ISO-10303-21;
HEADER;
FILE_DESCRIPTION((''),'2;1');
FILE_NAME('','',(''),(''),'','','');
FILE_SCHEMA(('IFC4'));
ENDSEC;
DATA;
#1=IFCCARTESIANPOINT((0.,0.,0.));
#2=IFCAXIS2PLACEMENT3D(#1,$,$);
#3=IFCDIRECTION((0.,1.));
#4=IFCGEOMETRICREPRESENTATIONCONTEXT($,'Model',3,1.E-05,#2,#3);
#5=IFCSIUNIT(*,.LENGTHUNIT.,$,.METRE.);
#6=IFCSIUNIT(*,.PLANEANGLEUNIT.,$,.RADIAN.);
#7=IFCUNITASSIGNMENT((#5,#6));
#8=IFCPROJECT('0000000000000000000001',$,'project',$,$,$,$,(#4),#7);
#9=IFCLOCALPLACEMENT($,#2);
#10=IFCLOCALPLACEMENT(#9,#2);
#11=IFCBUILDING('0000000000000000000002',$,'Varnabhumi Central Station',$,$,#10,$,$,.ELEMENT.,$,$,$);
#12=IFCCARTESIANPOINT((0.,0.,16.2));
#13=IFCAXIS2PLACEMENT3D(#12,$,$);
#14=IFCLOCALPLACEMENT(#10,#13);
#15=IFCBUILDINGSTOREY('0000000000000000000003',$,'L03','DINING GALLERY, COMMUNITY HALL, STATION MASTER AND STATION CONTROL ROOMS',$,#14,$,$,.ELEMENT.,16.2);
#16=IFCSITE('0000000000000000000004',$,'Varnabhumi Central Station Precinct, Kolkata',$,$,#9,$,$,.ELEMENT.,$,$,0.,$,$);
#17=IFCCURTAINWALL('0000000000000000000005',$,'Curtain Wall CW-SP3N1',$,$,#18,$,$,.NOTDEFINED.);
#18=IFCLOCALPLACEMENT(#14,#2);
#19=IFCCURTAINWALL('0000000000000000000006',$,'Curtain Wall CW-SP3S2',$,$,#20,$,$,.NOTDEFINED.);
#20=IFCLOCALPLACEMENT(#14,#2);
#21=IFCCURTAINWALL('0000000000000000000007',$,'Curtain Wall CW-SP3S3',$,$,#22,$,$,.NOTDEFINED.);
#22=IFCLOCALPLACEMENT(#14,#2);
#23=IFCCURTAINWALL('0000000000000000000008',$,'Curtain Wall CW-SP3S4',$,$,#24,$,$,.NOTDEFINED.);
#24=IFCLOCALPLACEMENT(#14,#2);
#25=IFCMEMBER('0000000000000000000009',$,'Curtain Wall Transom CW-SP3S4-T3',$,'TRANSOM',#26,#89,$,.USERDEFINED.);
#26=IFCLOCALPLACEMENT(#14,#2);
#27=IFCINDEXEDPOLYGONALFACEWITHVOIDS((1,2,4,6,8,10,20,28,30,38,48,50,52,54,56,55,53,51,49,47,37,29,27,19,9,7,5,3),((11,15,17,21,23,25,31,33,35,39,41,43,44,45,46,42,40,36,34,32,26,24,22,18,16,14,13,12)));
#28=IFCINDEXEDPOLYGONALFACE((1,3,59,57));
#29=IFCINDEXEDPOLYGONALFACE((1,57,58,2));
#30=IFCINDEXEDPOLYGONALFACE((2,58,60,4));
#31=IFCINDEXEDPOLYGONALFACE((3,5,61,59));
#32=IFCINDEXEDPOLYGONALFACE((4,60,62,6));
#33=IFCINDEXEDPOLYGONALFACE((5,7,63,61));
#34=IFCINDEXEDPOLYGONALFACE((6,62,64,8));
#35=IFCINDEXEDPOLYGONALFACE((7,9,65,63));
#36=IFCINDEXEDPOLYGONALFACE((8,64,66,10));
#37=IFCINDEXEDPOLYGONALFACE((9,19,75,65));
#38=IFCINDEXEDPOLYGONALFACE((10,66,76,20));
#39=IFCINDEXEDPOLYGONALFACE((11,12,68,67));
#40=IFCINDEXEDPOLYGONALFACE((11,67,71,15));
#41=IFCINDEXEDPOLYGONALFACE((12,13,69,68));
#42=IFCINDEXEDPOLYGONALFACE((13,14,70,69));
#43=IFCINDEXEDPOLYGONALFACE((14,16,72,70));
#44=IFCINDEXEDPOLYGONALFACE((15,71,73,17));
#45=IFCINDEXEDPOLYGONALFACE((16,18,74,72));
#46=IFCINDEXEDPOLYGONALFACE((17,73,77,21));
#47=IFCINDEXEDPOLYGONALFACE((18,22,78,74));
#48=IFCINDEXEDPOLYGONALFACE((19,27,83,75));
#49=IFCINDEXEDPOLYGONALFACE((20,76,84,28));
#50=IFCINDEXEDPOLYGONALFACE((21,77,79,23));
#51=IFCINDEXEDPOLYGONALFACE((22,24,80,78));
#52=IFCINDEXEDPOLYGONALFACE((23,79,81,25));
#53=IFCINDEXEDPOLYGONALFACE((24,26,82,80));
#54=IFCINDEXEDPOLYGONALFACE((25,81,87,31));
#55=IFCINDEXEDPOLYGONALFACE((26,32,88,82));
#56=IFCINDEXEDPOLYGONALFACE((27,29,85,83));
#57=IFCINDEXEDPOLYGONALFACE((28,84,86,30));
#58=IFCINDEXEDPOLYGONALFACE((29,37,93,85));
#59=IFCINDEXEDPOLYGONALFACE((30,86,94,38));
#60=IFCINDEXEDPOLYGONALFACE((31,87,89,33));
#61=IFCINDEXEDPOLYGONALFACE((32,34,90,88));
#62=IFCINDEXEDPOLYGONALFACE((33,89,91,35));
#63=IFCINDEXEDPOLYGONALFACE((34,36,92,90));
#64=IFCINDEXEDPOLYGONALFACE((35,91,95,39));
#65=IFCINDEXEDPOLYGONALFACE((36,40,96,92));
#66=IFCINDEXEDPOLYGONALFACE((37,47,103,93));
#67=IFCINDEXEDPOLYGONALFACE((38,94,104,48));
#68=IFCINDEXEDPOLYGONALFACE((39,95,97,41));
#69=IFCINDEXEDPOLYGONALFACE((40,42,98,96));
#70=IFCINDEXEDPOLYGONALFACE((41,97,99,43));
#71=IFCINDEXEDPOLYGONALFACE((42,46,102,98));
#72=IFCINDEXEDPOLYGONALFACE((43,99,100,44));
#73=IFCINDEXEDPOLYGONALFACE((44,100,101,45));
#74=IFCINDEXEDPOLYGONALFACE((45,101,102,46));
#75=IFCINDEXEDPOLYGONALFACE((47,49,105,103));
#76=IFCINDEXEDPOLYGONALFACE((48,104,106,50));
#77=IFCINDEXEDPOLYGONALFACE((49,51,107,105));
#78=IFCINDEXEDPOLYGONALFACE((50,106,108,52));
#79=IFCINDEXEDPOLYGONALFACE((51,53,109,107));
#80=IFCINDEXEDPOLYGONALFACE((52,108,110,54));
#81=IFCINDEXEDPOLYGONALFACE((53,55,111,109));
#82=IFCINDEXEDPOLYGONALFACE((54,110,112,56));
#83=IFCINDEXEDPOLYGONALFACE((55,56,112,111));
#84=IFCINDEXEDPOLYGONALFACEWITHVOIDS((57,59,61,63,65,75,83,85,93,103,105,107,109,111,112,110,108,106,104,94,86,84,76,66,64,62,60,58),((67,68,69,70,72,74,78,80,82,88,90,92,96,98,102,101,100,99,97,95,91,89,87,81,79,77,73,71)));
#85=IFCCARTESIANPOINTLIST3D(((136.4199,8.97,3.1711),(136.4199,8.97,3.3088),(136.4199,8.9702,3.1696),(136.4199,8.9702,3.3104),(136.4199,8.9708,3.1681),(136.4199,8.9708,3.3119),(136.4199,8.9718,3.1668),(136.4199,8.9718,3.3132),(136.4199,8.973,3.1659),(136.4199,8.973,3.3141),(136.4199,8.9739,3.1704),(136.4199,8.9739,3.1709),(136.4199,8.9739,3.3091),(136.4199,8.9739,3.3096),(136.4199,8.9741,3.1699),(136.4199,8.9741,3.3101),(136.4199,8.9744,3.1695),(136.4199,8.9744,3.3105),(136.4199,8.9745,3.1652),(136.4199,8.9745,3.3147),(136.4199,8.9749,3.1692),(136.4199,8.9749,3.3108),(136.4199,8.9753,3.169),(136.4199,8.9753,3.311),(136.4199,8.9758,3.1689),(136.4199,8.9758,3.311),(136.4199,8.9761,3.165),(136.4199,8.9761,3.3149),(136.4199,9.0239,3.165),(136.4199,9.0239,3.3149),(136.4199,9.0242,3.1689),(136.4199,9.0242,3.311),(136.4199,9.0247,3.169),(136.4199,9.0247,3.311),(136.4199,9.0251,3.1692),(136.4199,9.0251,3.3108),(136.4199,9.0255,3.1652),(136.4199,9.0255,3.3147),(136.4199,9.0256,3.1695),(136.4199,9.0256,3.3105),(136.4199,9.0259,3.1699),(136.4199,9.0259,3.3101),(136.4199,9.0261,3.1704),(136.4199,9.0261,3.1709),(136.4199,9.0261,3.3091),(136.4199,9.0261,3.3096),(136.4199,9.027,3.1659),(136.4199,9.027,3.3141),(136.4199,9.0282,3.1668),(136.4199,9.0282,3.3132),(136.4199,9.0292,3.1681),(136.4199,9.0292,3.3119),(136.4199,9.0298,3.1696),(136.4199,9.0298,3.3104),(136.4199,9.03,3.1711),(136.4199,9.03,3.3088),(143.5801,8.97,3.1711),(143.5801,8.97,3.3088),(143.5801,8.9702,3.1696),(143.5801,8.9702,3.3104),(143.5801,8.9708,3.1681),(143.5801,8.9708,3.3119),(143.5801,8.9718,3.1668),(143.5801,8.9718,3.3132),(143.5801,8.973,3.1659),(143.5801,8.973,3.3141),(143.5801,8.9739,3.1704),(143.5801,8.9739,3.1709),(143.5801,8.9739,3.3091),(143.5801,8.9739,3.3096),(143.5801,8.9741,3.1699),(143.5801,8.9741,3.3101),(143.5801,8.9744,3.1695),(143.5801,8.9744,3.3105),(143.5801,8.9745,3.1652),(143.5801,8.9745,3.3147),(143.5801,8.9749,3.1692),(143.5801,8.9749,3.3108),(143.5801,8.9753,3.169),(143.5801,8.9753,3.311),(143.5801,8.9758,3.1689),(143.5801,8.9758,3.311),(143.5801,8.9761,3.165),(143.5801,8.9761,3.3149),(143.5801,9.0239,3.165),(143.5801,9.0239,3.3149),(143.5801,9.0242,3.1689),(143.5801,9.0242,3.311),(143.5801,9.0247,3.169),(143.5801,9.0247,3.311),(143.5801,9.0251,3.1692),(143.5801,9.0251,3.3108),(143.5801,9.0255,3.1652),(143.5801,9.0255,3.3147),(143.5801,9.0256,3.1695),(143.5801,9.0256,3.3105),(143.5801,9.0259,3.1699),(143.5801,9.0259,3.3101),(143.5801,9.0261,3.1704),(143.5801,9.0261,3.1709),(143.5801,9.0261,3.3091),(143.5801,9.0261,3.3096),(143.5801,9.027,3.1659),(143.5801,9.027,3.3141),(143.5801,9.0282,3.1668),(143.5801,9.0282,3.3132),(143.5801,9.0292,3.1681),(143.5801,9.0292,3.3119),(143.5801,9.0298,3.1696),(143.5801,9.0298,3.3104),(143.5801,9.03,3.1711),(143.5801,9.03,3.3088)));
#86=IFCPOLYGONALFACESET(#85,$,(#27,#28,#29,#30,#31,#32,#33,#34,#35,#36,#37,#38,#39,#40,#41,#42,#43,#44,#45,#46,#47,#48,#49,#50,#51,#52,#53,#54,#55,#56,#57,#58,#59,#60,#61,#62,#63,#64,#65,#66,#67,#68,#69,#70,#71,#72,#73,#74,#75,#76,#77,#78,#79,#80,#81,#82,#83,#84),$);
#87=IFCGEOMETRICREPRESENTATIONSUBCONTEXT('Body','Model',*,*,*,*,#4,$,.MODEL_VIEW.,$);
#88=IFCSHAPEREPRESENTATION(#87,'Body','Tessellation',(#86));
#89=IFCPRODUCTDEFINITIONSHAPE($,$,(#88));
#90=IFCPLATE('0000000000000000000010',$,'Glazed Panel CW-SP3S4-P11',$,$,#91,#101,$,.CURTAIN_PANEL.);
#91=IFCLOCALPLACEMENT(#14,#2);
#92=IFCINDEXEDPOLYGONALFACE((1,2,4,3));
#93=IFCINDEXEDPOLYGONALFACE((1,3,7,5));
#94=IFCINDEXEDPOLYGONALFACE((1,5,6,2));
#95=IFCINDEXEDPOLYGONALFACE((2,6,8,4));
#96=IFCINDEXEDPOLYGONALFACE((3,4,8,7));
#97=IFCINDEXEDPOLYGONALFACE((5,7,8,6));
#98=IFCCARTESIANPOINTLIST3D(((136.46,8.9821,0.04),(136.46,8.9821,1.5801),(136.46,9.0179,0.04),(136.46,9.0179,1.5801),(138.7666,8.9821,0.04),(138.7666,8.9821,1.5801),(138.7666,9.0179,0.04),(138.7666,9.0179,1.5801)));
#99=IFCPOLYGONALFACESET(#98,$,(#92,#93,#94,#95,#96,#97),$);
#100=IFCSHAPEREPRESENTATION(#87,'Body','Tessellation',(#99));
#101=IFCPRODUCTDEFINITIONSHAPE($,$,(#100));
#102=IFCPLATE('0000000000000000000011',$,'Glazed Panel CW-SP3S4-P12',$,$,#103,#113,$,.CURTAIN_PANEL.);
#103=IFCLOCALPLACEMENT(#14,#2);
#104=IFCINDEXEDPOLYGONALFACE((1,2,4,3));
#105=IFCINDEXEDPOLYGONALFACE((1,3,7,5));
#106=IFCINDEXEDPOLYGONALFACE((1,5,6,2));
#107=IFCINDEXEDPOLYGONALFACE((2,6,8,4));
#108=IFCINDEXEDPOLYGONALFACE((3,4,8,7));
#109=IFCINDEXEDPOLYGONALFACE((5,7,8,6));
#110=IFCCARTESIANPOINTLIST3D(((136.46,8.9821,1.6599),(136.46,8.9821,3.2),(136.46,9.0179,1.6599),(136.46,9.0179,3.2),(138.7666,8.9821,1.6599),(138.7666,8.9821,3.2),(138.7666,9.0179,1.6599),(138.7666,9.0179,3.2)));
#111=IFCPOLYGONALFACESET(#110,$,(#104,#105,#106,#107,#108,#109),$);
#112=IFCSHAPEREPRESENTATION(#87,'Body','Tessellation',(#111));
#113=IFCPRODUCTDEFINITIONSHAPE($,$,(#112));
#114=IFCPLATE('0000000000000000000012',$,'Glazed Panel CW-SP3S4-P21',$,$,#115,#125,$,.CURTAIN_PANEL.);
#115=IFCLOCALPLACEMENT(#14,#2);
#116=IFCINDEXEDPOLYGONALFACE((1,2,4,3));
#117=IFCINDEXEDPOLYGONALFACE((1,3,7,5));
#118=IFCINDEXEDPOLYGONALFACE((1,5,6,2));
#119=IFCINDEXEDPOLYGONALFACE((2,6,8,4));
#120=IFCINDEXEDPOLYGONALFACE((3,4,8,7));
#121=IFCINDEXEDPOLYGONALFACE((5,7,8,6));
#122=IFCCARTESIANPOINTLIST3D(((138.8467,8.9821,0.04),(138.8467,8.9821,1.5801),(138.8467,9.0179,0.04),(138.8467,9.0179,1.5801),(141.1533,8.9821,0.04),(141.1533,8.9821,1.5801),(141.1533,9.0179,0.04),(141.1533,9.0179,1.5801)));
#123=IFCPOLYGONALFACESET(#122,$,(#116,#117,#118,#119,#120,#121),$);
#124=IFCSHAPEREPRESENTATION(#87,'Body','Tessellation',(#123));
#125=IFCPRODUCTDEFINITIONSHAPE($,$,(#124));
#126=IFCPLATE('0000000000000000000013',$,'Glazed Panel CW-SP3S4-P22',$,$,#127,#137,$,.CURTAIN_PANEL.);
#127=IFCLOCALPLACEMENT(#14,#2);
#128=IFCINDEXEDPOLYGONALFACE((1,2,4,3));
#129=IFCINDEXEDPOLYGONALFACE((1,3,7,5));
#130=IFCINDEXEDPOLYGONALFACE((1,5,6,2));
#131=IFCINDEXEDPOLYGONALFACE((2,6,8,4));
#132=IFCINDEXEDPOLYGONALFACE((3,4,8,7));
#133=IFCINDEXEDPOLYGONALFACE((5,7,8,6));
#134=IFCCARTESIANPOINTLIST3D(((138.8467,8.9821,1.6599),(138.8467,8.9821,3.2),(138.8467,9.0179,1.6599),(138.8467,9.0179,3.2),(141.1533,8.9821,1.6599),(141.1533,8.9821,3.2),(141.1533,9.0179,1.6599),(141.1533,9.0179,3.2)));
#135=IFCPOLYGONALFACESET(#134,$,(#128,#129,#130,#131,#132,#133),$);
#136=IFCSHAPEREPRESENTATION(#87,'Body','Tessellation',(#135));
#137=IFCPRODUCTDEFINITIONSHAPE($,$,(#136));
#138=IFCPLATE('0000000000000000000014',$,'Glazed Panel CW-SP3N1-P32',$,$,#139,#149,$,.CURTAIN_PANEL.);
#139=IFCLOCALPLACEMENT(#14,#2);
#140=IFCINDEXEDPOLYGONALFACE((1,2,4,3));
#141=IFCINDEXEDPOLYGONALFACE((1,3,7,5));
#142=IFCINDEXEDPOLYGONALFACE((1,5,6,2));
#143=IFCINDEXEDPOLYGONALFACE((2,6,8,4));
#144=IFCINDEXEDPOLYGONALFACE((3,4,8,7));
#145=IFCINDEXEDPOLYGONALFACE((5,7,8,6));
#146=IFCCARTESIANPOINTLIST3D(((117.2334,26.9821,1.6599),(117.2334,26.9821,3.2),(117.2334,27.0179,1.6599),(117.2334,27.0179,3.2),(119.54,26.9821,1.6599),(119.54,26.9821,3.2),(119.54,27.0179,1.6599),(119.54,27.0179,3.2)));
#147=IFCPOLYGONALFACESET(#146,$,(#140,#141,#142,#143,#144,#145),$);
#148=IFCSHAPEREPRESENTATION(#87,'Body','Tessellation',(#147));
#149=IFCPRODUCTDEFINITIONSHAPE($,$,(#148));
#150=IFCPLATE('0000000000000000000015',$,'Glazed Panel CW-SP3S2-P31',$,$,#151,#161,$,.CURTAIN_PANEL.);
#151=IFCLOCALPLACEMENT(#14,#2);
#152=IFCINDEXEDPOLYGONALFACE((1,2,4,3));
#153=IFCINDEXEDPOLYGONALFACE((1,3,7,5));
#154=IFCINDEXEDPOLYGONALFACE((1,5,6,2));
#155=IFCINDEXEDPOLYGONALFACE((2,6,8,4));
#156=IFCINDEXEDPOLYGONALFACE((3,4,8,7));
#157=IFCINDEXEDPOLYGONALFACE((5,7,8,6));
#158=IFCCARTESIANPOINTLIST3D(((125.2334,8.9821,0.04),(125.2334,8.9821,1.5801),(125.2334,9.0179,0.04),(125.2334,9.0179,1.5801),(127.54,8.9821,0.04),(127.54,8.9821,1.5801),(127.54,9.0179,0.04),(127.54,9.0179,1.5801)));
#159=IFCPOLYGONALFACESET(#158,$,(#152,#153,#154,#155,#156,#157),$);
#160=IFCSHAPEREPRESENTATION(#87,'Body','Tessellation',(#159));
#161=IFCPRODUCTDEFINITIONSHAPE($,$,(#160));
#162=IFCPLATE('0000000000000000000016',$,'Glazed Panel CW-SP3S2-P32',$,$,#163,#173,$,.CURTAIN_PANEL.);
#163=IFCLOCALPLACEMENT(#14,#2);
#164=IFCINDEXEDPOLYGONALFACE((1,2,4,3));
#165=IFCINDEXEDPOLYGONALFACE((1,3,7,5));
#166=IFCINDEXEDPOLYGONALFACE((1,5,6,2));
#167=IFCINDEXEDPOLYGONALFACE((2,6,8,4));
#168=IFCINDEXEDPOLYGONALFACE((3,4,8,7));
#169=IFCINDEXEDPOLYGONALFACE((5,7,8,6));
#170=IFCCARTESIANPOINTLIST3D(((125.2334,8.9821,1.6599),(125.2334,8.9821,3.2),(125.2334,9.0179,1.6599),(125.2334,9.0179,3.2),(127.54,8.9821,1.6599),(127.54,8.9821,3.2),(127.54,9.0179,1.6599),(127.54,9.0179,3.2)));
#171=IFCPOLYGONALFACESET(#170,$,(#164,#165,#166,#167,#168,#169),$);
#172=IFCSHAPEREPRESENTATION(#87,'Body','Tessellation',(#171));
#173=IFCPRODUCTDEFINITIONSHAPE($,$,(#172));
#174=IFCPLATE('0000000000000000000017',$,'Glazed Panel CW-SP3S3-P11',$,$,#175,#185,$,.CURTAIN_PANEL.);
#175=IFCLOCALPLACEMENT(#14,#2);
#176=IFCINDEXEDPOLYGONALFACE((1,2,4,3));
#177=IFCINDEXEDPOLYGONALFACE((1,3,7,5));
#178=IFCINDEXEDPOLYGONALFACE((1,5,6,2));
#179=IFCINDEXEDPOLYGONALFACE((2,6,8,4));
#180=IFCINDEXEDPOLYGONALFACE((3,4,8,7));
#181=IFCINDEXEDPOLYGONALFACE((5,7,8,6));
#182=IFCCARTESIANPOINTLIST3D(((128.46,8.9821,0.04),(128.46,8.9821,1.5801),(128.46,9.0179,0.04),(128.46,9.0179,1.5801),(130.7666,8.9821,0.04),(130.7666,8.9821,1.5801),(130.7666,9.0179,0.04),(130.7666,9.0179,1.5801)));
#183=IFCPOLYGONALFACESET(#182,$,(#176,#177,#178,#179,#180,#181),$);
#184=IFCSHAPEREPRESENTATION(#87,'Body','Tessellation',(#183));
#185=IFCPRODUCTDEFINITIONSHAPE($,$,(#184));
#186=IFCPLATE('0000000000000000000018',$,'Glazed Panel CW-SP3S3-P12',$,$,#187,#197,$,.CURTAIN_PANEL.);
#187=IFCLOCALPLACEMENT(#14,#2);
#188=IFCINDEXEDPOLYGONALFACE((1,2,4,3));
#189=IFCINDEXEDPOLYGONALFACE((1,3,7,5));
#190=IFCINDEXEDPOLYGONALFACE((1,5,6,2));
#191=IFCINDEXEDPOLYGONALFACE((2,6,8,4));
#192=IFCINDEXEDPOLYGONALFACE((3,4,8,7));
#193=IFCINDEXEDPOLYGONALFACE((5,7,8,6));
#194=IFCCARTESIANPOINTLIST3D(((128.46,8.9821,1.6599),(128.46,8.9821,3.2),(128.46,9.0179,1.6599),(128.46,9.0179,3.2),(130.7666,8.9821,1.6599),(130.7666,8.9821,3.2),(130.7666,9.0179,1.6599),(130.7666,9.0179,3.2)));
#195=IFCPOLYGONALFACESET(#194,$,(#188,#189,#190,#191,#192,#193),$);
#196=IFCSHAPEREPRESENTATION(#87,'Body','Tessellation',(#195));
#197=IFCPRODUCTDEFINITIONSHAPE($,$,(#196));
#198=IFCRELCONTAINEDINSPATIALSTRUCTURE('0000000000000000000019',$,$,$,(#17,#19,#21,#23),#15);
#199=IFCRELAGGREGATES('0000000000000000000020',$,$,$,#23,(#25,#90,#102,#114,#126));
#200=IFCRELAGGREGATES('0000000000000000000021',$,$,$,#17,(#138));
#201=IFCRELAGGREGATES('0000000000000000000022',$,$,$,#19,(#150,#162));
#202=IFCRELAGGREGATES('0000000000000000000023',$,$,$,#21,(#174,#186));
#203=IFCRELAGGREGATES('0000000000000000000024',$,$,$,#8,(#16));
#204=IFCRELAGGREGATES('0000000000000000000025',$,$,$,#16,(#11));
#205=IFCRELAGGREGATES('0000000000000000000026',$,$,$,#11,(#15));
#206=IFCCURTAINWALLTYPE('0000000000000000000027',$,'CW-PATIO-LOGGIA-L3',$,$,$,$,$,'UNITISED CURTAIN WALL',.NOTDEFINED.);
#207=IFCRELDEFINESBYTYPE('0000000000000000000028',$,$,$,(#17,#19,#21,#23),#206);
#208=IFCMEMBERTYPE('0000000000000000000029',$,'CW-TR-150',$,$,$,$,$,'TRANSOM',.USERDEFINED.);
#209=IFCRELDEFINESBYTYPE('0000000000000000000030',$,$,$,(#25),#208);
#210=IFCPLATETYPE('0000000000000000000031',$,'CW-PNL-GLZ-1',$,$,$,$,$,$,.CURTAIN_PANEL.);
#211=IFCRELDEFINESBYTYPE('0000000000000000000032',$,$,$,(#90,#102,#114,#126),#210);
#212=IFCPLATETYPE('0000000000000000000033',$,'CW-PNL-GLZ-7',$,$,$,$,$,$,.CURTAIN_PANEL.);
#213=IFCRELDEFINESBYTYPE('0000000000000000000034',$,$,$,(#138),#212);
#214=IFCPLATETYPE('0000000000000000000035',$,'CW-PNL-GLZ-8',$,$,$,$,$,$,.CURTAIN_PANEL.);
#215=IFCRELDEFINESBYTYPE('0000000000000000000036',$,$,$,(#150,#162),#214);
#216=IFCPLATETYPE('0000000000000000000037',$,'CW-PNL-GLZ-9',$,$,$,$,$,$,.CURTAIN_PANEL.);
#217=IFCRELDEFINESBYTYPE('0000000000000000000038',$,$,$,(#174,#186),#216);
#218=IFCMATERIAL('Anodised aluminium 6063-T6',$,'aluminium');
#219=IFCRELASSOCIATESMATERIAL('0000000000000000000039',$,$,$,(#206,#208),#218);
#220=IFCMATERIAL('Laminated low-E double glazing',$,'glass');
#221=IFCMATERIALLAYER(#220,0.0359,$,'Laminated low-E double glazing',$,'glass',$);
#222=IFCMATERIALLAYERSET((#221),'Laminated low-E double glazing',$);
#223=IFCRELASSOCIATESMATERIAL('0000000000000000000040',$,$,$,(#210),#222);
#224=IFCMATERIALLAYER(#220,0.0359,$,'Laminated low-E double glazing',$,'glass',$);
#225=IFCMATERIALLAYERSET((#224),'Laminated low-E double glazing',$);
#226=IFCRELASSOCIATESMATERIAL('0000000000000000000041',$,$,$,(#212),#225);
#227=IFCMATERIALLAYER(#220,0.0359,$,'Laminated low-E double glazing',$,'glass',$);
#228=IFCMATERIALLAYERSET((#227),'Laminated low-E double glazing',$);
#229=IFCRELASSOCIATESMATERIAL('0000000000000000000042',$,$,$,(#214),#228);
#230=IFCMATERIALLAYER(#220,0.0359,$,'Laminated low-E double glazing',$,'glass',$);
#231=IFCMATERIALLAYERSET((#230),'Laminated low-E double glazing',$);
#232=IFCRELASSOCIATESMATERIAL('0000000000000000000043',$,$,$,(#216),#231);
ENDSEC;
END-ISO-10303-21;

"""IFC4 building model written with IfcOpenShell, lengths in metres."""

from ifc_helpers import new_model, si_unit, direction, frame, origin, origin_2d, place, context, subcontext, project, spatial, rectangle, hollow_rectangle, extrude, material, layer, layer_set, material_profile, profile_set, type_object, element, aggregate, save


model = new_model("IFC4")

# Units and contexts
model_context = context("Model", 3, precision=1e-05, world=origin(), true_north=direction((0.0, 1.0)))
body_context = subcontext(model_context, "Body", "Model", "MODEL_VIEW")
ifc_project = project(units=[si_unit("LENGTHUNIT", "METRE"), si_unit("PLANEANGLEUNIT", "RADIAN")], contexts=[model_context])

# Site, building, storey
site_placement = place(None, origin())
site = spatial("IfcSite", under=ifc_project, at=site_placement, Name="Varnabhumi Central Station Precinct, Kolkata", CompositionType="ELEMENT", RefElevation=0.0)
building_placement = place(site_placement, origin())
building = spatial("IfcBuilding", under=site, at=building_placement, Name="Varnabhumi Central Station", CompositionType="ELEMENT")
storey_placement = place(building_placement, frame((0.0, 0.0, 16.2)))
storey = spatial("IfcBuildingStorey", under=building, at=storey_placement, Name="L03", Description="DINING GALLERY, COMMUNITY HALL, STATION MASTER AND STATION CONTROL ROOMS", CompositionType="ELEMENT", Elevation=16.2)

# Curtain wall
ifc_material_1 = material(Name="Anodised aluminium 6063-T6", Category="aluminium")
curtain_wall_type = type_object("IfcCurtainWallType", Name="CW-PATIO-LOGGIA-L3", ElementType="UNITISED CURTAIN WALL", PredefinedType="NOTDEFINED", material=ifc_material_1)
curtain_wall_1_placement = place(storey_placement, origin())
curtain_wall_1 = element("IfcCurtainWall", 1, at=curtain_wall_1_placement, inside=storey, type_object=curtain_wall_type, Name="Curtain Wall CW-SP3N1", PredefinedType="NOTDEFINED")

# Curtain walls
curtain_wall_2_placement = place(storey_placement, origin())
curtain_wall_2 = element("IfcCurtainWall", 2, at=curtain_wall_2_placement, inside=storey, type_object=curtain_wall_type, Name="Curtain Wall CW-SP3S2", PredefinedType="NOTDEFINED")
curtain_wall_3_placement = place(storey_placement, origin())
curtain_wall_3 = element("IfcCurtainWall", 3, at=curtain_wall_3_placement, inside=storey, type_object=curtain_wall_type, Name="Curtain Wall CW-SP3S3", PredefinedType="NOTDEFINED")
curtain_wall_4_placement = place(storey_placement, origin())
curtain_wall_4 = element("IfcCurtainWall", 4, at=curtain_wall_4_placement, inside=storey, type_object=curtain_wall_type, Name="Curtain Wall CW-SP3S4", PredefinedType="NOTDEFINED")

# Member
ifc_material_profile_1 = material_profile(ifc_material_1, hollow_rectangle(XDim=0.0601, YDim=0.1499, WallThickness=0.0039, InnerFilletRadius=0.002, OuterFilletRadius=0.0061, at=origin_2d()), Name="Anodised aluminium 6063-T6", Category="aluminium")
ifc_profile_set_1 = profile_set([ifc_material_profile_1], Name="Anodised aluminium 6063-T6")
member_type_1 = type_object("IfcMemberType", Name="CW-TR-150", ElementType="TRANSOM", PredefinedType="USERDEFINED", material=ifc_profile_set_1)
member_1_placement = place(storey_placement, frame((136.4199, 9.0, 3.24), z_axis=(1.0, 0.0, 0.0), x_axis=(0.0, 1.0, 0.0)))
member_1 = element("IfcMember", 5, at=member_1_placement, type_object=member_type_1, Name="Curtain Wall Transom CW-SP3S4-T3", ObjectType="TRANSOM", PredefinedType="USERDEFINED", context=body_context, shape_type="SweptSolid", body=[
    extrude(hollow_rectangle(XDim=0.0601, YDim=0.1499, WallThickness=0.0039, InnerFilletRadius=0.002, OuterFilletRadius=0.0061, at=origin_2d()), origin(), (0.0, 0.0, 1.0), 7.1602),
])

# Plates
ifc_material_2 = material(Name="Laminated low-E double glazing", Category="glass")
ifc_layer_1 = layer(ifc_material_2, 0.0359, Name="Laminated low-E double glazing", Category="glass")
ifc_layer_set_1 = layer_set([ifc_layer_1], Name="Laminated low-E double glazing")
plate_type_1 = type_object("IfcPlateType", Name="CW-PNL-GLZ-1", PredefinedType="CURTAIN_PANEL", material=ifc_layer_set_1)
plate_1_placement = place(storey_placement, frame((137.6133, 9.0, 0.04), z_axis=(0.0, 0.0, 1.0), x_axis=(1.0, 0.0, 0.0)))
plate_1 = element("IfcPlate", 6, at=plate_1_placement, type_object=plate_type_1, Name="Glazed Panel CW-SP3S4-P11", PredefinedType="CURTAIN_PANEL", context=body_context, shape_type="SweptSolid", body=[
    extrude(rectangle(XDim=2.3066, YDim=0.0359, at=origin_2d()), origin(), (0.0, 0.0, 1.0), 1.54),
])
plate_2_placement = place(storey_placement, frame((137.6133, 9.0, 1.6599), z_axis=(0.0, 0.0, 1.0), x_axis=(1.0, 0.0, 0.0)))
plate_2 = element("IfcPlate", 7, at=plate_2_placement, type_object=plate_type_1, Name="Glazed Panel CW-SP3S4-P12", PredefinedType="CURTAIN_PANEL", context=body_context, shape_type="SweptSolid", body=[
    extrude(rectangle(XDim=2.3066, YDim=0.0359, at=origin_2d()), origin(), (0.0, 0.0, 1.0), 1.54),
])
plate_3_placement = place(storey_placement, frame((140.0, 9.0, 0.04), z_axis=(0.0, 0.0, 1.0), x_axis=(1.0, 0.0, 0.0)))
plate_3 = element("IfcPlate", 8, at=plate_3_placement, type_object=plate_type_1, Name="Glazed Panel CW-SP3S4-P21", PredefinedType="CURTAIN_PANEL", context=body_context, shape_type="SweptSolid", body=[
    extrude(rectangle(XDim=2.3066, YDim=0.0359, at=origin_2d()), origin(), (0.0, 0.0, 1.0), 1.54),
])
plate_4_placement = place(storey_placement, frame((140.0, 9.0, 1.6599), z_axis=(0.0, 0.0, 1.0), x_axis=(1.0, 0.0, 0.0)))
plate_4 = element("IfcPlate", 9, at=plate_4_placement, type_object=plate_type_1, Name="Glazed Panel CW-SP3S4-P22", PredefinedType="CURTAIN_PANEL", context=body_context, shape_type="SweptSolid", body=[
    extrude(rectangle(XDim=2.3066, YDim=0.0359, at=origin_2d()), origin(), (0.0, 0.0, 1.0), 1.54),
])
aggregate(curtain_wall_4, [member_1, plate_1, plate_2, plate_3, plate_4])
ifc_layer_2 = layer(ifc_material_2, 0.0359, Name="Laminated low-E double glazing", Category="glass")
ifc_layer_set_2 = layer_set([ifc_layer_2], Name="Laminated low-E double glazing")
plate_type_2 = type_object("IfcPlateType", Name="CW-PNL-GLZ-7", PredefinedType="CURTAIN_PANEL", material=ifc_layer_set_2)
plate_5_placement = place(storey_placement, frame((118.3867, 27.0, 1.6599), z_axis=(0.0, 0.0, 1.0), x_axis=(1.0, 0.0, 0.0)))
plate_5 = element("IfcPlate", 10, at=plate_5_placement, type_object=plate_type_2, Name="Glazed Panel CW-SP3N1-P32", PredefinedType="CURTAIN_PANEL", context=body_context, shape_type="SweptSolid", body=[
    extrude(rectangle(XDim=2.3066, YDim=0.0359, at=origin_2d()), origin(), (0.0, 0.0, 1.0), 1.54),
])
aggregate(curtain_wall_1, [plate_5])
ifc_layer_3 = layer(ifc_material_2, 0.0359, Name="Laminated low-E double glazing", Category="glass")
ifc_layer_set_3 = layer_set([ifc_layer_3], Name="Laminated low-E double glazing")
plate_type_3 = type_object("IfcPlateType", Name="CW-PNL-GLZ-8", PredefinedType="CURTAIN_PANEL", material=ifc_layer_set_3)
plate_6_placement = place(storey_placement, frame((126.3867, 9.0, 0.04), z_axis=(0.0, 0.0, 1.0), x_axis=(1.0, 0.0, 0.0)))
plate_6 = element("IfcPlate", 11, at=plate_6_placement, type_object=plate_type_3, Name="Glazed Panel CW-SP3S2-P31", PredefinedType="CURTAIN_PANEL", context=body_context, shape_type="SweptSolid", body=[
    extrude(rectangle(XDim=2.3066, YDim=0.0359, at=origin_2d()), origin(), (0.0, 0.0, 1.0), 1.54),
])
plate_7_placement = place(storey_placement, frame((126.3867, 9.0, 1.6599), z_axis=(0.0, 0.0, 1.0), x_axis=(1.0, 0.0, 0.0)))
plate_7 = element("IfcPlate", 12, at=plate_7_placement, type_object=plate_type_3, Name="Glazed Panel CW-SP3S2-P32", PredefinedType="CURTAIN_PANEL", context=body_context, shape_type="SweptSolid", body=[
    extrude(rectangle(XDim=2.3066, YDim=0.0359, at=origin_2d()), origin(), (0.0, 0.0, 1.0), 1.54),
])
aggregate(curtain_wall_2, [plate_6, plate_7])
ifc_layer_4 = layer(ifc_material_2, 0.0359, Name="Laminated low-E double glazing", Category="glass")
ifc_layer_set_4 = layer_set([ifc_layer_4], Name="Laminated low-E double glazing")
plate_type_4 = type_object("IfcPlateType", Name="CW-PNL-GLZ-9", PredefinedType="CURTAIN_PANEL", material=ifc_layer_set_4)
plate_8_placement = place(storey_placement, frame((129.6133, 9.0, 0.04), z_axis=(0.0, 0.0, 1.0), x_axis=(1.0, 0.0, 0.0)))
plate_8 = element("IfcPlate", 13, at=plate_8_placement, type_object=plate_type_4, Name="Glazed Panel CW-SP3S3-P11", PredefinedType="CURTAIN_PANEL", context=body_context, shape_type="SweptSolid", body=[
    extrude(rectangle(XDim=2.3066, YDim=0.0359, at=origin_2d()), origin(), (0.0, 0.0, 1.0), 1.54),
])
plate_9_placement = place(storey_placement, frame((129.6133, 9.0, 1.6599), z_axis=(0.0, 0.0, 1.0), x_axis=(1.0, 0.0, 0.0)))
plate_9 = element("IfcPlate", 14, at=plate_9_placement, type_object=plate_type_4, Name="Glazed Panel CW-SP3S3-P12", PredefinedType="CURTAIN_PANEL", context=body_context, shape_type="SweptSolid", body=[
    extrude(rectangle(XDim=2.3066, YDim=0.0359, at=origin_2d()), origin(), (0.0, 0.0, 1.0), 1.54),
])
aggregate(curtain_wall_3, [plate_8, plate_9])

save(model, "model.ifc")
